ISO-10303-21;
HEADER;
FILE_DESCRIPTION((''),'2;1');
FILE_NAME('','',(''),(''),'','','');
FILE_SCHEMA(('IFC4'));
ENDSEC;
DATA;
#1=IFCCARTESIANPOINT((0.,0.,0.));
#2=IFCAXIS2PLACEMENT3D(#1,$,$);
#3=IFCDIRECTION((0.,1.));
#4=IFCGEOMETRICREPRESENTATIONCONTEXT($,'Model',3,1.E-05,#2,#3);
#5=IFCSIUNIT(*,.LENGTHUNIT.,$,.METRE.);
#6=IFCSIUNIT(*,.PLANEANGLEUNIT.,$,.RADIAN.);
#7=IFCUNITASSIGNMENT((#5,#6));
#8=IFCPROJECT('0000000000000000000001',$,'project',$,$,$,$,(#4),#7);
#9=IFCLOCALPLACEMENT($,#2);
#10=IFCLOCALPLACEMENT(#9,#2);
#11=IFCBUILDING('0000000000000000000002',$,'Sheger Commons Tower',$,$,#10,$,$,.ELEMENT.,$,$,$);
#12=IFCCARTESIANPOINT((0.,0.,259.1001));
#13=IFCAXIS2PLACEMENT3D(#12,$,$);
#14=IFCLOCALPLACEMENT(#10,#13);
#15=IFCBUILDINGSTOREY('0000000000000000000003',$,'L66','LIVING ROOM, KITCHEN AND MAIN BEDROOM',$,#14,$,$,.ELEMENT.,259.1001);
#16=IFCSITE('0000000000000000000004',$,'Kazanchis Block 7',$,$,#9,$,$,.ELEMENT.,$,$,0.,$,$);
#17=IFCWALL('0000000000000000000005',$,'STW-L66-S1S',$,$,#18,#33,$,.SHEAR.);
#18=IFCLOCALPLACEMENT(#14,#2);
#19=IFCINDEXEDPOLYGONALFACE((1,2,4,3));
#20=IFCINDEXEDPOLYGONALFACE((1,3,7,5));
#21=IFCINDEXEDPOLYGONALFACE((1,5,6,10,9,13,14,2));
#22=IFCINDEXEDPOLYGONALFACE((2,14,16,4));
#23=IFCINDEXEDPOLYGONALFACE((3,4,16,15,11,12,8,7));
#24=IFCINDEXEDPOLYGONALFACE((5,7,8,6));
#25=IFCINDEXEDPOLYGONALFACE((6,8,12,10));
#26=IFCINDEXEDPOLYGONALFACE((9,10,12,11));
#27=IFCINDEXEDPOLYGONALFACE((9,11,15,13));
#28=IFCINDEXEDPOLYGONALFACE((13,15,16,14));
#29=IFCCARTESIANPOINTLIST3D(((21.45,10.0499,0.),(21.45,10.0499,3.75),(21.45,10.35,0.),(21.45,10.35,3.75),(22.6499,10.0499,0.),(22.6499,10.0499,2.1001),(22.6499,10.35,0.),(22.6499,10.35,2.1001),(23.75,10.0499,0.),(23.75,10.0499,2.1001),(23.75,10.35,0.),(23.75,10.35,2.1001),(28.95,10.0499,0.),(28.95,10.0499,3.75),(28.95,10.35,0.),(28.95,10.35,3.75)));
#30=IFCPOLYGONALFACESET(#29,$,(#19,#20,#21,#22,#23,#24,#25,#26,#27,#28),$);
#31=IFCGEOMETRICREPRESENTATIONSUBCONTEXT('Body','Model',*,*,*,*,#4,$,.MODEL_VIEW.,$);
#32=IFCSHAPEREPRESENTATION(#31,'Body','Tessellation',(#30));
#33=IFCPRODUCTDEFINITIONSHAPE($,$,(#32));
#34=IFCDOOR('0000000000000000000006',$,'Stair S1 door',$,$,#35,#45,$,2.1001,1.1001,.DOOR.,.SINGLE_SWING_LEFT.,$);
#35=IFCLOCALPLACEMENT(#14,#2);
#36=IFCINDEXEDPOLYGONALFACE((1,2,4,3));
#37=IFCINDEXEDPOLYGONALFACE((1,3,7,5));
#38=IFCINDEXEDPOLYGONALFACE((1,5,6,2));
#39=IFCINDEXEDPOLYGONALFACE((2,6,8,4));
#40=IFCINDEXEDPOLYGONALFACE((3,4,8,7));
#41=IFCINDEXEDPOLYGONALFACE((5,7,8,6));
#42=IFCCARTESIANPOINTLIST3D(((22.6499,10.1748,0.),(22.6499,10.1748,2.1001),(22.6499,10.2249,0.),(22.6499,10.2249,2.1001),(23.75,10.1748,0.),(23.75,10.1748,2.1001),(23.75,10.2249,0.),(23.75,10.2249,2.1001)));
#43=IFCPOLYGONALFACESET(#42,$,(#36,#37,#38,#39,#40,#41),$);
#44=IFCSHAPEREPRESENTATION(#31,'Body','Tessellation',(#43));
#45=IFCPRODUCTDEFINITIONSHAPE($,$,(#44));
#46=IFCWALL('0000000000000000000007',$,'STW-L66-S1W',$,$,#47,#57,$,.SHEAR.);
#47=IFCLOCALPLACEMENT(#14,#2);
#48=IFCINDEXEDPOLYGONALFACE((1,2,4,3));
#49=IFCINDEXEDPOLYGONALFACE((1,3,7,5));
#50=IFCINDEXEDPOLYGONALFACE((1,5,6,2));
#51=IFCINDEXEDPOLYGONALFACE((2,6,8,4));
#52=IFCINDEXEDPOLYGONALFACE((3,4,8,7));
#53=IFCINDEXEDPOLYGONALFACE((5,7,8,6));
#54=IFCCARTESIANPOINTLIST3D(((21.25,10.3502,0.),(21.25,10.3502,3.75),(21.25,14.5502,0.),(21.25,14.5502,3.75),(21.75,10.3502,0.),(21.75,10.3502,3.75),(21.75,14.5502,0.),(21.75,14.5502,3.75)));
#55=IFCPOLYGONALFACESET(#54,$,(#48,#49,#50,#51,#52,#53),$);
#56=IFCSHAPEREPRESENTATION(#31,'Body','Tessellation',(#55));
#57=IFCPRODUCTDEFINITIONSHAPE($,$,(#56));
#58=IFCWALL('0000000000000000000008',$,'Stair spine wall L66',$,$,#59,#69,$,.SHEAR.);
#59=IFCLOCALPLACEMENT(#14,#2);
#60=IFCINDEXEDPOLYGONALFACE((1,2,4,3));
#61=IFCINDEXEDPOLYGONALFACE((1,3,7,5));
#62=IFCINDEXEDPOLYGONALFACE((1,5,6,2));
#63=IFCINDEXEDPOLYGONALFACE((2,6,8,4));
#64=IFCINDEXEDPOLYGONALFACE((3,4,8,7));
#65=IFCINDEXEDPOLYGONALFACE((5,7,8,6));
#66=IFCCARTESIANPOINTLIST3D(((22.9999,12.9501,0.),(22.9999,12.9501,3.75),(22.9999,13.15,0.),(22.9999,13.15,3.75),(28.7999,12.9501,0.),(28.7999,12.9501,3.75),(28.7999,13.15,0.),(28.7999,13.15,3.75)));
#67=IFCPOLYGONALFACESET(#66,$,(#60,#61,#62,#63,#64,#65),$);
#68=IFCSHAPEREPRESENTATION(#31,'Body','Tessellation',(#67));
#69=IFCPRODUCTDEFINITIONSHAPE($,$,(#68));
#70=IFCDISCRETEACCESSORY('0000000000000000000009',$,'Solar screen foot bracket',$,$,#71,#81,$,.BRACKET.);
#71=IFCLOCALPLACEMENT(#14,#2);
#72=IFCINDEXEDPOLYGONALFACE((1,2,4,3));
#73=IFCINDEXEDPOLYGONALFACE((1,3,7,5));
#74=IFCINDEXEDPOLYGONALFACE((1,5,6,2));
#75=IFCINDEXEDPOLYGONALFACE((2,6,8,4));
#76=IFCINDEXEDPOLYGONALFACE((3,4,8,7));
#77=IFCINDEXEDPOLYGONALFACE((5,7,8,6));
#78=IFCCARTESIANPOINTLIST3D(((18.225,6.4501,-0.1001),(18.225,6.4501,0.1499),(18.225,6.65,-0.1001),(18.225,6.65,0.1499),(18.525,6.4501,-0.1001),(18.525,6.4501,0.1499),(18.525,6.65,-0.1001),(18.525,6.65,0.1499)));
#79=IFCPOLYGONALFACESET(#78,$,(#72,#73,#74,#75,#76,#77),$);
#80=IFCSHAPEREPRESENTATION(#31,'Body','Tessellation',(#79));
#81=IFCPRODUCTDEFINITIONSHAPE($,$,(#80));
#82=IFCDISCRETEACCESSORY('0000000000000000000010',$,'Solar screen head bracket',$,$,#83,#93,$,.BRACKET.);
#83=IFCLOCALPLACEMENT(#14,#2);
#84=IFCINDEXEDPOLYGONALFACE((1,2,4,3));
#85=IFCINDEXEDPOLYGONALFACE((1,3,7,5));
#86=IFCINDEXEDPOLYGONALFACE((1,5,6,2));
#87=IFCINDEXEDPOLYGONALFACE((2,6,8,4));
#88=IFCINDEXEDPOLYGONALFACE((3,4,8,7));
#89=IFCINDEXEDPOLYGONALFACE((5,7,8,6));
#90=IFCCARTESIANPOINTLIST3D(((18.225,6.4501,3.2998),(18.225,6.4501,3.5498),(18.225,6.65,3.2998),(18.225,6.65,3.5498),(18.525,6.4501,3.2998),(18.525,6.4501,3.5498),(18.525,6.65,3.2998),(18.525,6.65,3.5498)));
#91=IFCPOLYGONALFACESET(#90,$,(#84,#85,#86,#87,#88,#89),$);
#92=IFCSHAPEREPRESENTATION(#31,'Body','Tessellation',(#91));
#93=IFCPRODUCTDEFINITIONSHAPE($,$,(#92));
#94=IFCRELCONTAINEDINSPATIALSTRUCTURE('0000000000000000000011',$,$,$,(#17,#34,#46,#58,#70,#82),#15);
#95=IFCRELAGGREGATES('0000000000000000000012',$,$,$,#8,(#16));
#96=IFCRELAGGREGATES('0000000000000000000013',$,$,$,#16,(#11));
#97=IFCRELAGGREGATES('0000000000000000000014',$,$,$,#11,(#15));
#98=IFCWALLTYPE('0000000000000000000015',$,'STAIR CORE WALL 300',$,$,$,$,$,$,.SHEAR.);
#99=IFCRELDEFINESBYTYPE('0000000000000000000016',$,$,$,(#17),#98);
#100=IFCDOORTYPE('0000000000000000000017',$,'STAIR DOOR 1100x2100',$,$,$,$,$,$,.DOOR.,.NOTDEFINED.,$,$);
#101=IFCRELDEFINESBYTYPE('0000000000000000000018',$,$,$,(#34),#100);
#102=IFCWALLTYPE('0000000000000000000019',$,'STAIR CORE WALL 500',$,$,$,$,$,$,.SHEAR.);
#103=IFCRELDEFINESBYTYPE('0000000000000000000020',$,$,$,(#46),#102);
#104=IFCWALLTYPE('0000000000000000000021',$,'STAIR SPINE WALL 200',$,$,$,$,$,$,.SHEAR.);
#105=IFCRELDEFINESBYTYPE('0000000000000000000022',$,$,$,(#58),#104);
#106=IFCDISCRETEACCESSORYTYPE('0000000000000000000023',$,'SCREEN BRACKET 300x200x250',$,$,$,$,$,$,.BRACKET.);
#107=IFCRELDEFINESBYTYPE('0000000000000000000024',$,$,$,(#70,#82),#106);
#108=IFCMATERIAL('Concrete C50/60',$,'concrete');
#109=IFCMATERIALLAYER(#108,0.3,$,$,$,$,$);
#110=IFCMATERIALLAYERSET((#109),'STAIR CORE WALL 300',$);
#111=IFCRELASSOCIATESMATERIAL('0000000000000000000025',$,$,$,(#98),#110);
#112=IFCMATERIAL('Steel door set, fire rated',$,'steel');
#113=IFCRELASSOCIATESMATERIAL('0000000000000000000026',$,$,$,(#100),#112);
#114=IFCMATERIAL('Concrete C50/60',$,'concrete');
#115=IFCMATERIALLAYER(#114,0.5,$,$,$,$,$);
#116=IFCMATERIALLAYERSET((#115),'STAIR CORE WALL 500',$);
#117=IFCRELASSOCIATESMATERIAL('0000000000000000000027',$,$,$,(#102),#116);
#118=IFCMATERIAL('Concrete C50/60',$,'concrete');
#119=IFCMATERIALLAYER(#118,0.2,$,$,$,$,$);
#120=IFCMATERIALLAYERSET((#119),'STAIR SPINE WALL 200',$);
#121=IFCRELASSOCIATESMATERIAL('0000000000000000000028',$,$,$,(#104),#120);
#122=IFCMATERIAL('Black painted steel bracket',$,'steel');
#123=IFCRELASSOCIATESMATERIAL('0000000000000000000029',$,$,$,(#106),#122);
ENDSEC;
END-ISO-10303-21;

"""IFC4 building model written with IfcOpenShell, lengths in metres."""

from ifc_helpers import new_model, si_unit, direction, frame, frame_2d, origin, origin_2d, place, context, subcontext, project, spatial, rectangle, extrude, material, layer, layer_set, type_object, element, fill, save


model = new_model("IFC4")

# Units and contexts
model_context = context("Model", 3, precision=1e-05, world=origin(), true_north=direction((0.0, 1.0)))
body_context = subcontext(model_context, "Body", "Model", "MODEL_VIEW")
ifc_project = project(units=[si_unit("LENGTHUNIT", "METRE"), si_unit("PLANEANGLEUNIT", "RADIAN")], contexts=[model_context])

# Site, building, storey
site_placement = place(None, origin())
site = spatial("IfcSite", under=ifc_project, at=site_placement, Name="Kazanchis Block 7", CompositionType="ELEMENT", RefElevation=0.0)
building_placement = place(site_placement, origin())
building = spatial("IfcBuilding", under=site, at=building_placement, Name="Sheger Commons Tower", CompositionType="ELEMENT")
storey_placement = place(building_placement, frame((0.0, 0.0, 259.1001)))
storey = spatial("IfcBuildingStorey", under=building, at=storey_placement, Name="L66", Description="LIVING ROOM, KITCHEN AND MAIN BEDROOM", CompositionType="ELEMENT", Elevation=259.1001)

# Wall, opening, door
ifc_material_1 = material(Name="Concrete C50/60", Category="concrete")
ifc_layer_1 = layer(ifc_material_1, 0.3)
ifc_layer_set_1 = layer_set([ifc_layer_1], Name="STAIR CORE WALL 300")
wall_type_1 = type_object("IfcWallType", Name="STAIR CORE WALL 300", PredefinedType="SHEAR", material=ifc_layer_set_1)
wall_1_placement = place(storey_placement, frame((21.45, 10.2, 0.0), z_axis=(0.0, 0.0, 1.0), x_axis=(1.0, 0.0, 0.0)))
wall_1 = element("IfcWall", 1, at=wall_1_placement, inside=storey, type_object=wall_type_1, Name="STW-L66-S1S", PredefinedType="SHEAR", context=body_context, shape_type="SweptSolid", body=[
    extrude(rectangle(XDim=7.5, YDim=0.3, at=frame_2d((3.75, 0.0))), origin(), (0.0, 0.0, 1.0), 3.75),
])
opening_placement = place(wall_1_placement, frame((1.2, 0.0, 0.0)))
opening = element("IfcOpeningElement", 2, at=opening_placement, cuts=wall_1, PredefinedType="OPENING", context=body_context, shape_type="SweptSolid", body=[
    extrude(rectangle(XDim=1.1001, YDim=2.1001, at=frame_2d((0.55, 1.05))), frame((0.0, 0.1599, 0.0), z_axis=(0.0, -1.0, 0.0), x_axis=(1.0, 0.0, 0.0)), (0.0, 0.0, 1.0), 0.3201),
])
ifc_material_2 = material(Name="Steel door set, fire rated", Category="steel")
door_type = type_object("IfcDoorType", Name="STAIR DOOR 1100x2100", OperationType="NOTDEFINED", PredefinedType="DOOR", material=ifc_material_2)
door_placement = place(opening_placement, origin())
door = element("IfcDoor", 3, at=door_placement, inside=storey, type_object=door_type, Name="Stair S1 door", OperationType="SINGLE_SWING_LEFT", OverallHeight=2.1001, OverallWidth=1.1001, PredefinedType="DOOR", context=body_context, shape_type="SweptSolid", body=[
    extrude(rectangle(XDim=1.1001, YDim=2.1001, at=frame_2d((0.55, 1.05))), frame((0.0, 0.0249, 0.0), z_axis=(0.0, -1.0, 0.0), x_axis=(1.0, 0.0, 0.0)), (0.0, 0.0, 1.0), 0.05),
])
fill(opening, door)

# Walls
ifc_material_3 = material(Name="Concrete C50/60", Category="concrete")
ifc_layer_2 = layer(ifc_material_3, 0.5)
ifc_layer_set_2 = layer_set([ifc_layer_2], Name="STAIR CORE WALL 500")
wall_type_2 = type_object("IfcWallType", Name="STAIR CORE WALL 500", PredefinedType="SHEAR", material=ifc_layer_set_2)
wall_2_placement = place(storey_placement, frame((21.5, 10.3501, 0.0), z_axis=(0.0, 0.0, 1.0), x_axis=(0.0, 1.0, 0.0)))
element("IfcWall", 4, at=wall_2_placement, inside=storey, type_object=wall_type_2, Name="STW-L66-S1W", PredefinedType="SHEAR", context=body_context, shape_type="SweptSolid", body=[
    extrude(rectangle(XDim=4.2, YDim=0.5, at=frame_2d((2.1001, 0.0))), origin(), (0.0, 0.0, 1.0), 3.75),
])
ifc_material_4 = material(Name="Concrete C50/60", Category="concrete")
ifc_layer_3 = layer(ifc_material_4, 0.2)
ifc_layer_set_3 = layer_set([ifc_layer_3], Name="STAIR SPINE WALL 200")
wall_type_3 = type_object("IfcWallType", Name="STAIR SPINE WALL 200", PredefinedType="SHEAR", material=ifc_layer_set_3)
wall_3_placement = place(storey_placement, frame((23.0, 13.05, 0.0), z_axis=(0.0, 0.0, 1.0), x_axis=(1.0, 0.0, 0.0)))
element("IfcWall", 5, at=wall_3_placement, inside=storey, type_object=wall_type_3, Name="Stair spine wall L66", PredefinedType="SHEAR", context=body_context, shape_type="SweptSolid", body=[
    extrude(rectangle(XDim=5.8, YDim=0.2, at=frame_2d((2.8999, 0.0))), origin(), (0.0, 0.0, 1.0), 3.75),
])

# Discrete accessories
ifc_material_5 = material(Name="Black painted steel bracket", Category="steel")
discrete_accessory_type = type_object("IfcDiscreteAccessoryType", Name="SCREEN BRACKET 300x200x250", PredefinedType="BRACKET", material=ifc_material_5)
for number, where, z_axis, x_axis, name in (
    (6, (18.375, 6.55, -0.1001), (0.0, 0.0, 1.0), (1.0, 0.0, 0.0), "Solar screen foot bracket"),
    (7, (18.375, 6.55, 3.2998), (0.0, 0.0, 1.0), (1.0, 0.0, 0.0), "Solar screen head bracket"),
):
    element("IfcDiscreteAccessory", number, at=place(storey_placement, frame(where, z_axis=z_axis, x_axis=x_axis)), inside=storey, type_object=discrete_accessory_type, Name=name, PredefinedType="BRACKET", context=body_context, shape_type="SweptSolid", body=[
        extrude(rectangle(XDim=0.3, YDim=0.2, at=origin_2d()), origin(), (0.0, 0.0, 1.0), 0.25),
    ])

save(model, "model.ifc")
